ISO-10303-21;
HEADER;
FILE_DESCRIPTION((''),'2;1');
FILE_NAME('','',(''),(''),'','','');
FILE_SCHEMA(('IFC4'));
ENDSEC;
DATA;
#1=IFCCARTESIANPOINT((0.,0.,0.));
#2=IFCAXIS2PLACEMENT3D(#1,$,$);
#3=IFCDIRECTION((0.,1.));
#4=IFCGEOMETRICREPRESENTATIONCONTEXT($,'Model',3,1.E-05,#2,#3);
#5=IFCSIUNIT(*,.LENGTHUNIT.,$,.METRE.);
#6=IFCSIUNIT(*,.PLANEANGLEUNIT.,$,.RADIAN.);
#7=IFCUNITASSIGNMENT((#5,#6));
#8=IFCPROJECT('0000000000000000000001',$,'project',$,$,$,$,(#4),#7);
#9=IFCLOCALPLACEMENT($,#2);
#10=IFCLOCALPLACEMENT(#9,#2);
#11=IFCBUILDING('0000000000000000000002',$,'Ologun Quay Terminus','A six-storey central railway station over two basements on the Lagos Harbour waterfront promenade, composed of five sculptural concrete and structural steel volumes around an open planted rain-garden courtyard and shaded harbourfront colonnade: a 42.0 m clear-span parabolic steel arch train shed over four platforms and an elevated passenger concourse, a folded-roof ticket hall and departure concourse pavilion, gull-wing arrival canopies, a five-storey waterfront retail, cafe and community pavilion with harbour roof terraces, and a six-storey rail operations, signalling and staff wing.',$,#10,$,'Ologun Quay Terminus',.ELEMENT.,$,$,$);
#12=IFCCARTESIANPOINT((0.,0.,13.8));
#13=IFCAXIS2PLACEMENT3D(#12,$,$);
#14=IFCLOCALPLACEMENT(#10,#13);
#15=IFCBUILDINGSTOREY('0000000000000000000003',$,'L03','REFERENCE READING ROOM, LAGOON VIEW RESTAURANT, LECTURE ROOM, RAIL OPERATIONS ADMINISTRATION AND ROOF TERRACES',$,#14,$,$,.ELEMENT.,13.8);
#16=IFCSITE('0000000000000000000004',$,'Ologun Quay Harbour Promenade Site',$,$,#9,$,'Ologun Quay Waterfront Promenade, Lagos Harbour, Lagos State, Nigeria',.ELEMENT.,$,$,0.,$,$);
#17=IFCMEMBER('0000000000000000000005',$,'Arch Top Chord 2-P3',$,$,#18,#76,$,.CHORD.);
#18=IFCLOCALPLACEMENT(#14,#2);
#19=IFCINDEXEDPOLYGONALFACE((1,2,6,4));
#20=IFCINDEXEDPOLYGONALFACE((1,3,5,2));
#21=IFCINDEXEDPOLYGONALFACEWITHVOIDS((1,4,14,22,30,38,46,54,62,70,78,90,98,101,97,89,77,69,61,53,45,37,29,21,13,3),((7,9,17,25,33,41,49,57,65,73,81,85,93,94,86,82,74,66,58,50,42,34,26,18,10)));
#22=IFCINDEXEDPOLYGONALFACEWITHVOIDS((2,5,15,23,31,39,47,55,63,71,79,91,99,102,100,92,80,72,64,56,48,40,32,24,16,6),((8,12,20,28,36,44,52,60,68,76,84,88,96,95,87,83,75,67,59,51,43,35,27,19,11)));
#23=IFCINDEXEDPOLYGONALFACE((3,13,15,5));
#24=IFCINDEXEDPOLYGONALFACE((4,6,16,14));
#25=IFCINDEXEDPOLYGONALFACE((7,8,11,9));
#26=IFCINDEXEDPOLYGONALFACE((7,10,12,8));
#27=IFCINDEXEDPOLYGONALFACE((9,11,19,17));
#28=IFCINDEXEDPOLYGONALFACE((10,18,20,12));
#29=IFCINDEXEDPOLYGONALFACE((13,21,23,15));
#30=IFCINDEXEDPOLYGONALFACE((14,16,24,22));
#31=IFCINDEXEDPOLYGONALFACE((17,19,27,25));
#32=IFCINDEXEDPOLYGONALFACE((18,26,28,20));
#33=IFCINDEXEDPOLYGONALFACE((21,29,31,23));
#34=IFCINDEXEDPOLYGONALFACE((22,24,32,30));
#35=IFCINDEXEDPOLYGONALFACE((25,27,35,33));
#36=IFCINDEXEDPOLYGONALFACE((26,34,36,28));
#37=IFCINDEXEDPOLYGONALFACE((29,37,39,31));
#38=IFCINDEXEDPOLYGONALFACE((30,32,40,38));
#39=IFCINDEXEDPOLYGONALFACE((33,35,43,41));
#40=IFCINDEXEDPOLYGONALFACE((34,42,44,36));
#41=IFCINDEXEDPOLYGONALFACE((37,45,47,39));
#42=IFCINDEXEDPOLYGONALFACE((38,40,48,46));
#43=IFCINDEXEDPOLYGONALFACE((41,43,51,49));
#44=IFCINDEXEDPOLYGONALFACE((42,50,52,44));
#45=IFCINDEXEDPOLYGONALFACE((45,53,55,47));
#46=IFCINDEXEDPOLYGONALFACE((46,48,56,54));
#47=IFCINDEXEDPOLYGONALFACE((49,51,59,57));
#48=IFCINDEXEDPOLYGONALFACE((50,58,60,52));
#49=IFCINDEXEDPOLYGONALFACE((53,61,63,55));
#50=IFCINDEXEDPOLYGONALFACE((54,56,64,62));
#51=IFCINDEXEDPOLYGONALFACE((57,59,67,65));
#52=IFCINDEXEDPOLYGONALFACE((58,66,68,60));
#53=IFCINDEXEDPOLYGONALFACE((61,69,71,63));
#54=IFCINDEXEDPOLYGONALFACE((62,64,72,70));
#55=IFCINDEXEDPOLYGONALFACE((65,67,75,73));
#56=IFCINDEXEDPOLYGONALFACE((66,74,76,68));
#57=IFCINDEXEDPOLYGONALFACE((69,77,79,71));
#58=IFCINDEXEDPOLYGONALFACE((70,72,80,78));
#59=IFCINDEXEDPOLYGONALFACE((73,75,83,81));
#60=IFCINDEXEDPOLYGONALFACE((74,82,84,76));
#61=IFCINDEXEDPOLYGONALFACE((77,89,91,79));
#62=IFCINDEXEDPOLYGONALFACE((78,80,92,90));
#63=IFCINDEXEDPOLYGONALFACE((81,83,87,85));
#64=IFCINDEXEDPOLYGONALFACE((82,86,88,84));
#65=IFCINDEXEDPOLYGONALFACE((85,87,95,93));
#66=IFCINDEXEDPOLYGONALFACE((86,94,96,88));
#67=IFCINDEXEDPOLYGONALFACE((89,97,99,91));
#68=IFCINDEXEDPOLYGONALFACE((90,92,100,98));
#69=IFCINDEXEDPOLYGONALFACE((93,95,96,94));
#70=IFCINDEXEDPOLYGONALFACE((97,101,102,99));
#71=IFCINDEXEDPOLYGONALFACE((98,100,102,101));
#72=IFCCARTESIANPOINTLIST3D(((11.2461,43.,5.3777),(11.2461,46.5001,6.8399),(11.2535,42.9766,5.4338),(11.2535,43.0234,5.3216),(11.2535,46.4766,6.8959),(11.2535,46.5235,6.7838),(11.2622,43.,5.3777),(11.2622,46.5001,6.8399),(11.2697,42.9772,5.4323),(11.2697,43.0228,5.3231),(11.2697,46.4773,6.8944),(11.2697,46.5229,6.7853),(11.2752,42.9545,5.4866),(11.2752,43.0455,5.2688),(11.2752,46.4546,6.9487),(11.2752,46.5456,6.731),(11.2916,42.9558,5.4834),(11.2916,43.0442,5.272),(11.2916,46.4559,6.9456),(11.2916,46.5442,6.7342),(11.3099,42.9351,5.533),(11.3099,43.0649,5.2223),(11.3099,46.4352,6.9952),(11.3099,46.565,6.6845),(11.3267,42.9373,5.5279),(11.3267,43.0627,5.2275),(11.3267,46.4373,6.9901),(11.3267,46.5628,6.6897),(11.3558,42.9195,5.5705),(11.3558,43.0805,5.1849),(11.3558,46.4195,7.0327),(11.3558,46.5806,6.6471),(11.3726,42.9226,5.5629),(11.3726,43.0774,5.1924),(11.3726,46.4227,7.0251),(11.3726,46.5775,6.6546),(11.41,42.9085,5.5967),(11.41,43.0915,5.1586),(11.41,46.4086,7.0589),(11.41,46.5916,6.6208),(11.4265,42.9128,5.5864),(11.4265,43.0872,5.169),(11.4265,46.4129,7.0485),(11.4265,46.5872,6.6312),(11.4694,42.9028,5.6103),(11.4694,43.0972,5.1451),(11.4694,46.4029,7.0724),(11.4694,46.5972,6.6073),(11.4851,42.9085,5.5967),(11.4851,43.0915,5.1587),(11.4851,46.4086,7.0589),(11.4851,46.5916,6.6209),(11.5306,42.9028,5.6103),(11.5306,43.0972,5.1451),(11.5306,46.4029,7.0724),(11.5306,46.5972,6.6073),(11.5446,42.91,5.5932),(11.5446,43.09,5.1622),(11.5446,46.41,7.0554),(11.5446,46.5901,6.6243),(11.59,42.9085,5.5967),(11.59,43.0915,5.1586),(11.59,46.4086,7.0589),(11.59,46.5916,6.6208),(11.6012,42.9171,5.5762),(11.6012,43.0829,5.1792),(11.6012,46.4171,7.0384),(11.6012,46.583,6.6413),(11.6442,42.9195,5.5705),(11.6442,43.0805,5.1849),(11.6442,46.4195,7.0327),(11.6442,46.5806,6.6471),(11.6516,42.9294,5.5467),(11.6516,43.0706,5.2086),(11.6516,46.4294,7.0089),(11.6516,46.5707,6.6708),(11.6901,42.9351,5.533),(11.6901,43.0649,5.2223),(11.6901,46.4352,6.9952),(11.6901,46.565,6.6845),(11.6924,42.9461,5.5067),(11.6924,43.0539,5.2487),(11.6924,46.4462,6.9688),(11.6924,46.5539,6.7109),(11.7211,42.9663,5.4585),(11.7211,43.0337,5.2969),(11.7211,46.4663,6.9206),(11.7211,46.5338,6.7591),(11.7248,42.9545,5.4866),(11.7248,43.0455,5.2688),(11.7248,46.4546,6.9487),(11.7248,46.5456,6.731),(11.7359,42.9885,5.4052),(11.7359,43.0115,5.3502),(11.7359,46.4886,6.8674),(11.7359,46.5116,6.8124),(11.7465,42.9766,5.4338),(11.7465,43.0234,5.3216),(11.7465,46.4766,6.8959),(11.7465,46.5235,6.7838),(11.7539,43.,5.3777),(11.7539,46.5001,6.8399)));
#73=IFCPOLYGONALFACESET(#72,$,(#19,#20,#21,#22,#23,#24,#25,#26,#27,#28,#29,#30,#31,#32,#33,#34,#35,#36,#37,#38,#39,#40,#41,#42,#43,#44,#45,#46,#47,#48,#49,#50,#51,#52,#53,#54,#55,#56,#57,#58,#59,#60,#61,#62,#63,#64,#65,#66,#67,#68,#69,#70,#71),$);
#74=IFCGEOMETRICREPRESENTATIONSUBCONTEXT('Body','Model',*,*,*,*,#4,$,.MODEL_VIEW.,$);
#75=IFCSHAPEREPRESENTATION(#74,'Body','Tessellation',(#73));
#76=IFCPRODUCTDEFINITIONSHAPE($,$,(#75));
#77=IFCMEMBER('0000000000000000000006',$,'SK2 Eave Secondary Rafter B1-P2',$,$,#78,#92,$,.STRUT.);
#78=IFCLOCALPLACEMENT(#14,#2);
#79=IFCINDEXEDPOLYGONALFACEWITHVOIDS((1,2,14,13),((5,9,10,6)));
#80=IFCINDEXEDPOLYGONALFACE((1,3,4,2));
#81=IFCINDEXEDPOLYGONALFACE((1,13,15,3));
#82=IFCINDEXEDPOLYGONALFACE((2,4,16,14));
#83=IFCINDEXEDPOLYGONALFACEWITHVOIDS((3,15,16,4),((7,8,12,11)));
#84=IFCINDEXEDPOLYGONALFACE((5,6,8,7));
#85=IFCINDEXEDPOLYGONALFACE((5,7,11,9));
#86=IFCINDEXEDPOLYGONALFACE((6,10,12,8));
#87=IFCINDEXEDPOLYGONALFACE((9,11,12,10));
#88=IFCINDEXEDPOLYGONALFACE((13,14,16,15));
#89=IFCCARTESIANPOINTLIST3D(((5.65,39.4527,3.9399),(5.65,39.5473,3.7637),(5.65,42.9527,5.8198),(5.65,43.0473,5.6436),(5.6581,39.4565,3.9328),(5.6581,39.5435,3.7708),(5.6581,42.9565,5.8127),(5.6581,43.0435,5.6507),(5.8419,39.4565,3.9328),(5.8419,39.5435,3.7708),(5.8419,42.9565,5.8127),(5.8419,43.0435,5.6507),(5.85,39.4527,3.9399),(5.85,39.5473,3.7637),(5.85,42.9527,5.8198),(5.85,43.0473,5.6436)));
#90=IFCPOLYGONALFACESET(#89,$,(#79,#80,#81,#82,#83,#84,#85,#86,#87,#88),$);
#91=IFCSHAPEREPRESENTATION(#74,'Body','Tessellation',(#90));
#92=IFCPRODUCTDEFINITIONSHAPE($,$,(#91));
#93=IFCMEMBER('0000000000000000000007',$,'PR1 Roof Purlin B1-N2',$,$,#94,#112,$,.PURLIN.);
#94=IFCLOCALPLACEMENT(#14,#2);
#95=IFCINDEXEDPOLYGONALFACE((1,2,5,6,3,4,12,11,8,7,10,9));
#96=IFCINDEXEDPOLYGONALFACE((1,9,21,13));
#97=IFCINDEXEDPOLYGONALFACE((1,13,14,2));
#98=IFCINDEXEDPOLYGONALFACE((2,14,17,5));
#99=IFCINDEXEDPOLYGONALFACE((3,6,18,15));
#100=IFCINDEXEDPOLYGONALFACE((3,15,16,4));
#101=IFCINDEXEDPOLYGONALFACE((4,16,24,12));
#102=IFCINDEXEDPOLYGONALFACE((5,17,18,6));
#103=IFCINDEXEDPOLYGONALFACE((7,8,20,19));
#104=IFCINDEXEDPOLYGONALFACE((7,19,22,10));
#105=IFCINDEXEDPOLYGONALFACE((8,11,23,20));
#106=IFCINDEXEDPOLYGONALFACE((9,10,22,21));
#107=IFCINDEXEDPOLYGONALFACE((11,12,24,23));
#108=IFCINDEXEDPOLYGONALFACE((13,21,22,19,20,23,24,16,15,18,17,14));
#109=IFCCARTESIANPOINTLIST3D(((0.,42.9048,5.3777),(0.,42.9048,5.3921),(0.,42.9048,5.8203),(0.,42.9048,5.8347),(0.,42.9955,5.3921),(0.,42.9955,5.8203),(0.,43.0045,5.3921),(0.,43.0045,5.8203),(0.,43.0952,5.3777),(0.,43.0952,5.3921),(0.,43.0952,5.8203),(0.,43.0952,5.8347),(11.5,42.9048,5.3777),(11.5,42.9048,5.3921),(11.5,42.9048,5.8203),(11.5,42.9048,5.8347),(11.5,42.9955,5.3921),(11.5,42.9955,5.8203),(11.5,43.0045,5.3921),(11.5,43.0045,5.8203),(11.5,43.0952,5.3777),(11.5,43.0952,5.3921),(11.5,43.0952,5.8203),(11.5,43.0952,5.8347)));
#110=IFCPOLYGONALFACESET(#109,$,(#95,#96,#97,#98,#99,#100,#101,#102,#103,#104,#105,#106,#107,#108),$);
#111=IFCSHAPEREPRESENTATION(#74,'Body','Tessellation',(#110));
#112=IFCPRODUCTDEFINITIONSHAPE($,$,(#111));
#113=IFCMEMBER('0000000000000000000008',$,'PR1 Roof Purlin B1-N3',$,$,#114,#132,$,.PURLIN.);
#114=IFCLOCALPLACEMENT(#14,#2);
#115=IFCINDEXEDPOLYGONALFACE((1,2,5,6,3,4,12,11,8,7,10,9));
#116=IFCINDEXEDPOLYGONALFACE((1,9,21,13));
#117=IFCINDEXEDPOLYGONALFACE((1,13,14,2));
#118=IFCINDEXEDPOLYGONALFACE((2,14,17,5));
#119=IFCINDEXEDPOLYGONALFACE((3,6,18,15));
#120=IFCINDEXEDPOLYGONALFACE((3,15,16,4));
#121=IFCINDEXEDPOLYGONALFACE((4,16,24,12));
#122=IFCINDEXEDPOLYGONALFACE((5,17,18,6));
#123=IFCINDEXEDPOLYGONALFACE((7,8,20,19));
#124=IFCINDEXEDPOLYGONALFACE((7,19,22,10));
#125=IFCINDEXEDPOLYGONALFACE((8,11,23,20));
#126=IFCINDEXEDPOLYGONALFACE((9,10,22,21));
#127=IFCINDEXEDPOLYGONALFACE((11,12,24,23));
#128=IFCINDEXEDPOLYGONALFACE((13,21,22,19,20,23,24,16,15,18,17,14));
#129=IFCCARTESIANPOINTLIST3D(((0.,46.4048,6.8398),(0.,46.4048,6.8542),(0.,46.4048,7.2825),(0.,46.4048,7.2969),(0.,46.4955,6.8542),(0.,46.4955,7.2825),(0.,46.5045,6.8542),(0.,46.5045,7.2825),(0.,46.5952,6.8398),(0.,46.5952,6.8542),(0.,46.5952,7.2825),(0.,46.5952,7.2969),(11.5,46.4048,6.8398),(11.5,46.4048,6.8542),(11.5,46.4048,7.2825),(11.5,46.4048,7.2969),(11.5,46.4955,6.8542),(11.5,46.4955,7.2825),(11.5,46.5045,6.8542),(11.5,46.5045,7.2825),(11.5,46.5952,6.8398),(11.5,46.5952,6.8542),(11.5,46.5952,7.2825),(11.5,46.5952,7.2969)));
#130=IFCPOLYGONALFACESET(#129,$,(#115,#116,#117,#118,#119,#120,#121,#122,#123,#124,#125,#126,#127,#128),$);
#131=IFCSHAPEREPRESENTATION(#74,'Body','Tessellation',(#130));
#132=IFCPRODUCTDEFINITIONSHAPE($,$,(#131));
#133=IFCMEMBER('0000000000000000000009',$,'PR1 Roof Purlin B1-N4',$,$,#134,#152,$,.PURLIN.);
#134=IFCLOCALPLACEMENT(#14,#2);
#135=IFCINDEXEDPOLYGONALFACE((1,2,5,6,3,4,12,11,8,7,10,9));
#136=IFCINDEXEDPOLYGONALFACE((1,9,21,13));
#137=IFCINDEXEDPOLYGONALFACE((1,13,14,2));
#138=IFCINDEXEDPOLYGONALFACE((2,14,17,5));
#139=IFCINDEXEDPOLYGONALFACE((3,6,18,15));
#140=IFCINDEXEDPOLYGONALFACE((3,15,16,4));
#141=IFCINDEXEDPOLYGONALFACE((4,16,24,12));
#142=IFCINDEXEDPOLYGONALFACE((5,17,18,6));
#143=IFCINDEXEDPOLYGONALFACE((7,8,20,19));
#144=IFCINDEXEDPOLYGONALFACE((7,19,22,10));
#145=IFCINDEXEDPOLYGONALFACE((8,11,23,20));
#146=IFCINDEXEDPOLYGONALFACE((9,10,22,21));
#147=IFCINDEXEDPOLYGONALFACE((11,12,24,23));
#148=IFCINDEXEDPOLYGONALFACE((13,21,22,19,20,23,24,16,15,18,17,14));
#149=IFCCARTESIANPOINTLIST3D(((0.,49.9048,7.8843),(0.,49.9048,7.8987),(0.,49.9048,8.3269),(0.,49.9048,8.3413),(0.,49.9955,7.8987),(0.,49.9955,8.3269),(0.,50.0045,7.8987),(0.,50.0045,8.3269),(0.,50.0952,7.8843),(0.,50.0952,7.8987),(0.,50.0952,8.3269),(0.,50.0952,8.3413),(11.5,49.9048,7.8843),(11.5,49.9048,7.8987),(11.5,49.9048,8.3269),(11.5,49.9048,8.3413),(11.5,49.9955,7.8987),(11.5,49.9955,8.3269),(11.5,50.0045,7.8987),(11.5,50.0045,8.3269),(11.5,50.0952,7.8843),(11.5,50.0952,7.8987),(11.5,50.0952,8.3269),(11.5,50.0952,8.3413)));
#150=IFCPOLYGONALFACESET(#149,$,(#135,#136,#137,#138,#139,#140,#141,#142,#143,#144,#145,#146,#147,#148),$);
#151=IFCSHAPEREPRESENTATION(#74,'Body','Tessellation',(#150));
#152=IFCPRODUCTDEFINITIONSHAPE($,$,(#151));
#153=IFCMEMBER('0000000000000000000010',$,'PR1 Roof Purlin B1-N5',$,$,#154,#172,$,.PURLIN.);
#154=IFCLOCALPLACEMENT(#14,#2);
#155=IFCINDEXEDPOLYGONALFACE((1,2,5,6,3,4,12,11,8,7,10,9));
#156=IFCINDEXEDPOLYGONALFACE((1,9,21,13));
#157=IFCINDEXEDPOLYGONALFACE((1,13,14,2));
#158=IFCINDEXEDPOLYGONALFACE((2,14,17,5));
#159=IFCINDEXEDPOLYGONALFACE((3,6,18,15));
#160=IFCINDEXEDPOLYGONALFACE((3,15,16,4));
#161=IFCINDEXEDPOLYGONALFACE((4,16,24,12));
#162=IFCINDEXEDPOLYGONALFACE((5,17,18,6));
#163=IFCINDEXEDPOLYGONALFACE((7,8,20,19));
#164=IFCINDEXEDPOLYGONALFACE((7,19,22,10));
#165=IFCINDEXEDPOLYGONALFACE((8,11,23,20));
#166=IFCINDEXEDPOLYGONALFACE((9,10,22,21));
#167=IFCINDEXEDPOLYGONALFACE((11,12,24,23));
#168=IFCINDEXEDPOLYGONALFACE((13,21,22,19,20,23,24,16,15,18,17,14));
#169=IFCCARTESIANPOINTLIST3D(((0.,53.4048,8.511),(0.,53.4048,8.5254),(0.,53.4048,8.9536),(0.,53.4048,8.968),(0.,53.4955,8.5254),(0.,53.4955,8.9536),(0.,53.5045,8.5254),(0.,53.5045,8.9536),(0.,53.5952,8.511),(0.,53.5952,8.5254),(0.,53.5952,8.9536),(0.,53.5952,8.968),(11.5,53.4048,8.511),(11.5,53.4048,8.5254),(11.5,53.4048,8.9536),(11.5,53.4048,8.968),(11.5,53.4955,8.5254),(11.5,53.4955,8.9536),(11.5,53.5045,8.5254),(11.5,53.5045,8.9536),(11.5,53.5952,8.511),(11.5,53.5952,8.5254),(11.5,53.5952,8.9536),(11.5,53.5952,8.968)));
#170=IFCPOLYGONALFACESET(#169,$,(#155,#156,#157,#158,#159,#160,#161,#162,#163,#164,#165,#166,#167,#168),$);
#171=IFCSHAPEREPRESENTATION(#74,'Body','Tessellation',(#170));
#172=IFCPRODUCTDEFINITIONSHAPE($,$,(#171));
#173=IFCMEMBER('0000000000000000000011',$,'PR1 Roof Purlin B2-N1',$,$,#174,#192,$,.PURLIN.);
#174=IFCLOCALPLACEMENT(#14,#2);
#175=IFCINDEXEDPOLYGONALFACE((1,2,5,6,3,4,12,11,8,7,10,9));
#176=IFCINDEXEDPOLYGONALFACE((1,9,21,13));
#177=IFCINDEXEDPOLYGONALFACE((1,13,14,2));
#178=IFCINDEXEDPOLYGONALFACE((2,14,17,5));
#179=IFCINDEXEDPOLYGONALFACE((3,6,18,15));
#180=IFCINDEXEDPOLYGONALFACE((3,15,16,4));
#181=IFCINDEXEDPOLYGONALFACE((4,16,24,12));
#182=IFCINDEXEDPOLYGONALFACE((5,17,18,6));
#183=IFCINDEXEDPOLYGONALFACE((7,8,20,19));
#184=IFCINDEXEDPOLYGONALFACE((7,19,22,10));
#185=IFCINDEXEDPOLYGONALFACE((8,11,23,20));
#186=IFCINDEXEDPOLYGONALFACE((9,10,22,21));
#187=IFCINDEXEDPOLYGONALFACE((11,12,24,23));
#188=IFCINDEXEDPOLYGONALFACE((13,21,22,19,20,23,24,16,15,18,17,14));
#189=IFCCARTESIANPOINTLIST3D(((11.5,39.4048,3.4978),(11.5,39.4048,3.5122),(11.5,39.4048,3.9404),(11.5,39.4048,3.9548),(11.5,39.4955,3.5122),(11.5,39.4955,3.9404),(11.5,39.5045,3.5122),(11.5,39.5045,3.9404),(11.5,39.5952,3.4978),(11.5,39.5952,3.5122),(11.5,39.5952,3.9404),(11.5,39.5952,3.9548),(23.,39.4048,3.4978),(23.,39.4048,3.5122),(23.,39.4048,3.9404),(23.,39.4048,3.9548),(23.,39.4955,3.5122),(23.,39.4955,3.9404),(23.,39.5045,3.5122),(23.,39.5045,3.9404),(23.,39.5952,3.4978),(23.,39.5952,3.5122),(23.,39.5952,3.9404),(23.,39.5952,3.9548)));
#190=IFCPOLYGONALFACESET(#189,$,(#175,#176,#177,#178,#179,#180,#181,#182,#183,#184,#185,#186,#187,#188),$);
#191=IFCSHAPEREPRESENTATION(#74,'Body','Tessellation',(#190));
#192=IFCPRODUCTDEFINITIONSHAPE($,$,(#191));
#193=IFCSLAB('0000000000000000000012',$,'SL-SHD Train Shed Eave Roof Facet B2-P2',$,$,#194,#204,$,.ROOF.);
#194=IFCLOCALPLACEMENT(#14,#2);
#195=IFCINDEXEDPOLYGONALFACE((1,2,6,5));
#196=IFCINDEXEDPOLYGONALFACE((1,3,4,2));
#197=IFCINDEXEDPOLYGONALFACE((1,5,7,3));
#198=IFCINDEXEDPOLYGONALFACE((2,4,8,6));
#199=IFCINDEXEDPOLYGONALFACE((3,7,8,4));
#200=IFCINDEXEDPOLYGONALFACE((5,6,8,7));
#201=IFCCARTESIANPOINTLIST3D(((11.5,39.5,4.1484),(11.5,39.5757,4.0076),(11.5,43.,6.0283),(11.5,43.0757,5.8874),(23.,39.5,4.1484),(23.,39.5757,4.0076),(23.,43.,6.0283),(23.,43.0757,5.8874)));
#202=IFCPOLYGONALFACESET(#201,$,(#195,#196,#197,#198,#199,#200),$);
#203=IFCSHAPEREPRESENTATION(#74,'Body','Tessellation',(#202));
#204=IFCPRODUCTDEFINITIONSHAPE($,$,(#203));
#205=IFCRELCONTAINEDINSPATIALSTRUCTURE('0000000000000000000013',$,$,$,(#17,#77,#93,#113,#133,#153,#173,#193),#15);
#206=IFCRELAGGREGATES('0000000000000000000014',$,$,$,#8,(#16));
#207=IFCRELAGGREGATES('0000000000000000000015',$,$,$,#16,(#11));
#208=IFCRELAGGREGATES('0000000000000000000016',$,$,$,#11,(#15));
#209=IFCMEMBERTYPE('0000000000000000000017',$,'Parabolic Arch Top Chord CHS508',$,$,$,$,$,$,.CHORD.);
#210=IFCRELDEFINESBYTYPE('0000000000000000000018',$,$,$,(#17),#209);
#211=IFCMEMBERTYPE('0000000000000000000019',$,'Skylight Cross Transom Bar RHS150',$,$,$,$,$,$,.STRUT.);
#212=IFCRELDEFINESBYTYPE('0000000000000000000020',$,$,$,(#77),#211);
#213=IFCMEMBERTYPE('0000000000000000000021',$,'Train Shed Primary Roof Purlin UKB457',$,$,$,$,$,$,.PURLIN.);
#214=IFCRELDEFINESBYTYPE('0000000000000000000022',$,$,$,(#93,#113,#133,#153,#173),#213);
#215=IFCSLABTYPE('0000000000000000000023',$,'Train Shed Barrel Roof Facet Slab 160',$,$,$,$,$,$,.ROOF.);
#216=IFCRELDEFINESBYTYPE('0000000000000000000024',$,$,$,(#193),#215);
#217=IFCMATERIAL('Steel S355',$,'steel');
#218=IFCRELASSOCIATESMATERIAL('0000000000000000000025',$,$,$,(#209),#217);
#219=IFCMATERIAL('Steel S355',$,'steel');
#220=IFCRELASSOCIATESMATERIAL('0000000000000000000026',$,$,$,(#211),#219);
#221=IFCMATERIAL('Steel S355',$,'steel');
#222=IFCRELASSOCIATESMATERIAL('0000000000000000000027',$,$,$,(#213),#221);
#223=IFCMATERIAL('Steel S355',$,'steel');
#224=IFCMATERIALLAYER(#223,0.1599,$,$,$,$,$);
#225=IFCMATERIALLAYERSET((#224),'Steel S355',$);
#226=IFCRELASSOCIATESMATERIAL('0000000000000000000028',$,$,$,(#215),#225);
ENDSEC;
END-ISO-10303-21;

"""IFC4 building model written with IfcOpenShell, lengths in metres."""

from ifc_helpers import new_model, si_unit, direction, frame, origin, origin_2d, place, context, subcontext, project, spatial, polyline, hollow_rectangle, hollow_circle, i_section, outline, extrude, material, layer, layer_set, material_profile, profile_set, type_object, element, save


model = new_model("IFC4")

# Units and contexts
model_context = context("Model", 3, precision=1e-05, world=origin(), true_north=direction((0.0, 1.0)))
body_context = subcontext(model_context, "Body", "Model", "MODEL_VIEW")
ifc_project = project(units=[si_unit("LENGTHUNIT", "METRE"), si_unit("PLANEANGLEUNIT", "RADIAN")], contexts=[model_context])

# Site, building, storey
site_placement = place(None, origin())
site = spatial("IfcSite", under=ifc_project, at=site_placement, Name="Ologun Quay Harbour Promenade Site", LongName="Ologun Quay Waterfront Promenade, Lagos Harbour, Lagos State, Nigeria", CompositionType="ELEMENT", RefElevation=0.0)
building_placement = place(site_placement, origin())
building = spatial("IfcBuilding", under=site, at=building_placement, Name="Ologun Quay Terminus", Description="A six-storey central railway station over two basements on the Lagos Harbour waterfront promenade, composed of five sculptural concrete and structural steel volumes around an open planted rain-garden courtyard and shaded harbourfront colonnade: a 42.0 m clear-span parabolic steel arch train shed over four platforms and an elevated passenger concourse, a folded-roof ticket hall and departure concourse pavilion, gull-wing arrival canopies, a five-storey waterfront retail, cafe and community pavilion with harbour roof terraces, and a six-storey rail operations, signalling and staff wing.", LongName="Ologun Quay Terminus", CompositionType="ELEMENT")
storey_placement = place(building_placement, frame((0.0, 0.0, 13.8)))
storey = spatial("IfcBuildingStorey", under=building, at=storey_placement, Name="L03", Description="REFERENCE READING ROOM, LAGOON VIEW RESTAURANT, LECTURE ROOM, RAIL OPERATIONS ADMINISTRATION AND ROOF TERRACES", CompositionType="ELEMENT", Elevation=13.8)

# Members
ifc_material_1 = material(Name="Steel S355", Category="steel")
ifc_material_profile_1 = material_profile(ifc_material_1, hollow_circle(Radius=0.2539, WallThickness=0.0161, at=origin_2d()), Name="CHS 508x16")
ifc_profile_set_1 = profile_set([ifc_material_profile_1], Name="Steel S355")
member_type_1 = type_object("IfcMemberType", Name="Parabolic Arch Top Chord CHS508", PredefinedType="CHORD", material=ifc_profile_set_1)
member_1_placement = place(storey_placement, frame((11.5, 43.0, 5.3777), z_axis=(0.0, 0.922719, 0.385474), x_axis=(-1.0, 0.0, 0.0)))
element("IfcMember", 1, at=member_1_placement, inside=storey, type_object=member_type_1, Name="Arch Top Chord 2-P3", PredefinedType="CHORD", context=body_context, shape_type="SweptSolid", body=[
    extrude(hollow_circle(Radius=0.2539, WallThickness=0.0161, at=origin_2d()), origin(), (0.0, 0.0, 1.0), 3.7932),
])
ifc_material_2 = material(Name="Steel S355", Category="steel")
ifc_material_profile_2 = material_profile(ifc_material_2, hollow_rectangle(XDim=0.2, YDim=0.2, WallThickness=0.0081, at=origin_2d()), Name="SHS 200x200x8")
ifc_profile_set_2 = profile_set([ifc_material_profile_2], Name="Steel S355")
member_type_2 = type_object("IfcMemberType", Name="Skylight Cross Transom Bar RHS150", PredefinedType="STRUT", material=ifc_profile_set_2)
member_2_placement = place(storey_placement, frame((5.75, 39.5, 3.8518), z_axis=(0.0, 0.880968, 0.473176), x_axis=(-1.0, 0.0, 0.0)))
element("IfcMember", 2, at=member_2_placement, inside=storey, type_object=member_type_2, Name="SK2 Eave Secondary Rafter B1-P2", PredefinedType="STRUT", context=body_context, shape_type="SweptSolid", body=[
    extrude(hollow_rectangle(XDim=0.2, YDim=0.2, WallThickness=0.0081, at=origin_2d()), origin(), (0.0, 0.0, 1.0), 3.9729),
])
ifc_material_3 = material(Name="Steel S355", Category="steel")
ifc_material_profile_3 = material_profile(ifc_material_3, i_section(OverallWidth=0.1904, OverallDepth=0.457, WebThickness=0.009, FlangeThickness=0.0144, at=origin_2d()), Name="UKB 457x191x74")
ifc_profile_set_3 = profile_set([ifc_material_profile_3], Name="Steel S355")
member_type_3 = type_object("IfcMemberType", Name="Train Shed Primary Roof Purlin UKB457", PredefinedType="PURLIN", material=ifc_profile_set_3)
for number, where, z_axis, x_axis, name in (
    (3, (0.0, 43.0, 5.6062), (1.0, 0.0, 0.0), (0.0, 1.0, 0.0), "PR1 Roof Purlin B1-N2"),
    (4, (0.0, 46.5, 7.0684), (1.0, 0.0, 0.0), (0.0, 1.0, 0.0), "PR1 Roof Purlin B1-N3"),
    (5, (0.0, 50.0, 8.1128), (1.0, 0.0, 0.0), (0.0, 1.0, 0.0), "PR1 Roof Purlin B1-N4"),
    (6, (0.0, 53.5, 8.7395), (1.0, 0.0, 0.0), (0.0, 1.0, 0.0), "PR1 Roof Purlin B1-N5"),
    (7, (11.5, 39.5, 3.7263), (1.0, 0.0, 0.0), (0.0, 1.0, 0.0), "PR1 Roof Purlin B2-N1"),
):
    element("IfcMember", number, at=place(storey_placement, frame(where, z_axis=z_axis, x_axis=x_axis)), inside=storey, type_object=member_type_3, Name=name, PredefinedType="PURLIN", context=body_context, shape_type="SweptSolid", body=[
        extrude(i_section(OverallWidth=0.1904, OverallDepth=0.457, WebThickness=0.009, FlangeThickness=0.0144, at=origin_2d()), origin(), (0.0, 0.0, 1.0), 11.5),
    ])

# Slab
ifc_material_4 = material(Name="Steel S355", Category="steel")
ifc_layer = layer(ifc_material_4, 0.1599)
ifc_layer_set = layer_set([ifc_layer], Name="Steel S355")
slab_type = type_object("IfcSlabType", Name="Train Shed Barrel Roof Facet Slab 160", PredefinedType="ROOF", material=ifc_layer_set)
slab_placement = place(storey_placement, frame((11.5, 39.5, 4.1484), z_axis=(0.0, -0.473176, 0.880968), x_axis=(1.0, 0.0, 0.0)))
element("IfcSlab", 8, at=slab_placement, inside=storey, type_object=slab_type, Name="SL-SHD Train Shed Eave Roof Facet B2-P2", PredefinedType="ROOF", context=body_context, shape_type="SweptSolid", body=[
    extrude(outline(polyline([(0.0, 0.0), (11.5, 0.0), (11.5, 3.9729), (0.0, 3.9729), (0.0, 0.0)])), origin(), (0.0, 0.0, -1.0), 0.1599),
])

save(model, "model.ifc")
